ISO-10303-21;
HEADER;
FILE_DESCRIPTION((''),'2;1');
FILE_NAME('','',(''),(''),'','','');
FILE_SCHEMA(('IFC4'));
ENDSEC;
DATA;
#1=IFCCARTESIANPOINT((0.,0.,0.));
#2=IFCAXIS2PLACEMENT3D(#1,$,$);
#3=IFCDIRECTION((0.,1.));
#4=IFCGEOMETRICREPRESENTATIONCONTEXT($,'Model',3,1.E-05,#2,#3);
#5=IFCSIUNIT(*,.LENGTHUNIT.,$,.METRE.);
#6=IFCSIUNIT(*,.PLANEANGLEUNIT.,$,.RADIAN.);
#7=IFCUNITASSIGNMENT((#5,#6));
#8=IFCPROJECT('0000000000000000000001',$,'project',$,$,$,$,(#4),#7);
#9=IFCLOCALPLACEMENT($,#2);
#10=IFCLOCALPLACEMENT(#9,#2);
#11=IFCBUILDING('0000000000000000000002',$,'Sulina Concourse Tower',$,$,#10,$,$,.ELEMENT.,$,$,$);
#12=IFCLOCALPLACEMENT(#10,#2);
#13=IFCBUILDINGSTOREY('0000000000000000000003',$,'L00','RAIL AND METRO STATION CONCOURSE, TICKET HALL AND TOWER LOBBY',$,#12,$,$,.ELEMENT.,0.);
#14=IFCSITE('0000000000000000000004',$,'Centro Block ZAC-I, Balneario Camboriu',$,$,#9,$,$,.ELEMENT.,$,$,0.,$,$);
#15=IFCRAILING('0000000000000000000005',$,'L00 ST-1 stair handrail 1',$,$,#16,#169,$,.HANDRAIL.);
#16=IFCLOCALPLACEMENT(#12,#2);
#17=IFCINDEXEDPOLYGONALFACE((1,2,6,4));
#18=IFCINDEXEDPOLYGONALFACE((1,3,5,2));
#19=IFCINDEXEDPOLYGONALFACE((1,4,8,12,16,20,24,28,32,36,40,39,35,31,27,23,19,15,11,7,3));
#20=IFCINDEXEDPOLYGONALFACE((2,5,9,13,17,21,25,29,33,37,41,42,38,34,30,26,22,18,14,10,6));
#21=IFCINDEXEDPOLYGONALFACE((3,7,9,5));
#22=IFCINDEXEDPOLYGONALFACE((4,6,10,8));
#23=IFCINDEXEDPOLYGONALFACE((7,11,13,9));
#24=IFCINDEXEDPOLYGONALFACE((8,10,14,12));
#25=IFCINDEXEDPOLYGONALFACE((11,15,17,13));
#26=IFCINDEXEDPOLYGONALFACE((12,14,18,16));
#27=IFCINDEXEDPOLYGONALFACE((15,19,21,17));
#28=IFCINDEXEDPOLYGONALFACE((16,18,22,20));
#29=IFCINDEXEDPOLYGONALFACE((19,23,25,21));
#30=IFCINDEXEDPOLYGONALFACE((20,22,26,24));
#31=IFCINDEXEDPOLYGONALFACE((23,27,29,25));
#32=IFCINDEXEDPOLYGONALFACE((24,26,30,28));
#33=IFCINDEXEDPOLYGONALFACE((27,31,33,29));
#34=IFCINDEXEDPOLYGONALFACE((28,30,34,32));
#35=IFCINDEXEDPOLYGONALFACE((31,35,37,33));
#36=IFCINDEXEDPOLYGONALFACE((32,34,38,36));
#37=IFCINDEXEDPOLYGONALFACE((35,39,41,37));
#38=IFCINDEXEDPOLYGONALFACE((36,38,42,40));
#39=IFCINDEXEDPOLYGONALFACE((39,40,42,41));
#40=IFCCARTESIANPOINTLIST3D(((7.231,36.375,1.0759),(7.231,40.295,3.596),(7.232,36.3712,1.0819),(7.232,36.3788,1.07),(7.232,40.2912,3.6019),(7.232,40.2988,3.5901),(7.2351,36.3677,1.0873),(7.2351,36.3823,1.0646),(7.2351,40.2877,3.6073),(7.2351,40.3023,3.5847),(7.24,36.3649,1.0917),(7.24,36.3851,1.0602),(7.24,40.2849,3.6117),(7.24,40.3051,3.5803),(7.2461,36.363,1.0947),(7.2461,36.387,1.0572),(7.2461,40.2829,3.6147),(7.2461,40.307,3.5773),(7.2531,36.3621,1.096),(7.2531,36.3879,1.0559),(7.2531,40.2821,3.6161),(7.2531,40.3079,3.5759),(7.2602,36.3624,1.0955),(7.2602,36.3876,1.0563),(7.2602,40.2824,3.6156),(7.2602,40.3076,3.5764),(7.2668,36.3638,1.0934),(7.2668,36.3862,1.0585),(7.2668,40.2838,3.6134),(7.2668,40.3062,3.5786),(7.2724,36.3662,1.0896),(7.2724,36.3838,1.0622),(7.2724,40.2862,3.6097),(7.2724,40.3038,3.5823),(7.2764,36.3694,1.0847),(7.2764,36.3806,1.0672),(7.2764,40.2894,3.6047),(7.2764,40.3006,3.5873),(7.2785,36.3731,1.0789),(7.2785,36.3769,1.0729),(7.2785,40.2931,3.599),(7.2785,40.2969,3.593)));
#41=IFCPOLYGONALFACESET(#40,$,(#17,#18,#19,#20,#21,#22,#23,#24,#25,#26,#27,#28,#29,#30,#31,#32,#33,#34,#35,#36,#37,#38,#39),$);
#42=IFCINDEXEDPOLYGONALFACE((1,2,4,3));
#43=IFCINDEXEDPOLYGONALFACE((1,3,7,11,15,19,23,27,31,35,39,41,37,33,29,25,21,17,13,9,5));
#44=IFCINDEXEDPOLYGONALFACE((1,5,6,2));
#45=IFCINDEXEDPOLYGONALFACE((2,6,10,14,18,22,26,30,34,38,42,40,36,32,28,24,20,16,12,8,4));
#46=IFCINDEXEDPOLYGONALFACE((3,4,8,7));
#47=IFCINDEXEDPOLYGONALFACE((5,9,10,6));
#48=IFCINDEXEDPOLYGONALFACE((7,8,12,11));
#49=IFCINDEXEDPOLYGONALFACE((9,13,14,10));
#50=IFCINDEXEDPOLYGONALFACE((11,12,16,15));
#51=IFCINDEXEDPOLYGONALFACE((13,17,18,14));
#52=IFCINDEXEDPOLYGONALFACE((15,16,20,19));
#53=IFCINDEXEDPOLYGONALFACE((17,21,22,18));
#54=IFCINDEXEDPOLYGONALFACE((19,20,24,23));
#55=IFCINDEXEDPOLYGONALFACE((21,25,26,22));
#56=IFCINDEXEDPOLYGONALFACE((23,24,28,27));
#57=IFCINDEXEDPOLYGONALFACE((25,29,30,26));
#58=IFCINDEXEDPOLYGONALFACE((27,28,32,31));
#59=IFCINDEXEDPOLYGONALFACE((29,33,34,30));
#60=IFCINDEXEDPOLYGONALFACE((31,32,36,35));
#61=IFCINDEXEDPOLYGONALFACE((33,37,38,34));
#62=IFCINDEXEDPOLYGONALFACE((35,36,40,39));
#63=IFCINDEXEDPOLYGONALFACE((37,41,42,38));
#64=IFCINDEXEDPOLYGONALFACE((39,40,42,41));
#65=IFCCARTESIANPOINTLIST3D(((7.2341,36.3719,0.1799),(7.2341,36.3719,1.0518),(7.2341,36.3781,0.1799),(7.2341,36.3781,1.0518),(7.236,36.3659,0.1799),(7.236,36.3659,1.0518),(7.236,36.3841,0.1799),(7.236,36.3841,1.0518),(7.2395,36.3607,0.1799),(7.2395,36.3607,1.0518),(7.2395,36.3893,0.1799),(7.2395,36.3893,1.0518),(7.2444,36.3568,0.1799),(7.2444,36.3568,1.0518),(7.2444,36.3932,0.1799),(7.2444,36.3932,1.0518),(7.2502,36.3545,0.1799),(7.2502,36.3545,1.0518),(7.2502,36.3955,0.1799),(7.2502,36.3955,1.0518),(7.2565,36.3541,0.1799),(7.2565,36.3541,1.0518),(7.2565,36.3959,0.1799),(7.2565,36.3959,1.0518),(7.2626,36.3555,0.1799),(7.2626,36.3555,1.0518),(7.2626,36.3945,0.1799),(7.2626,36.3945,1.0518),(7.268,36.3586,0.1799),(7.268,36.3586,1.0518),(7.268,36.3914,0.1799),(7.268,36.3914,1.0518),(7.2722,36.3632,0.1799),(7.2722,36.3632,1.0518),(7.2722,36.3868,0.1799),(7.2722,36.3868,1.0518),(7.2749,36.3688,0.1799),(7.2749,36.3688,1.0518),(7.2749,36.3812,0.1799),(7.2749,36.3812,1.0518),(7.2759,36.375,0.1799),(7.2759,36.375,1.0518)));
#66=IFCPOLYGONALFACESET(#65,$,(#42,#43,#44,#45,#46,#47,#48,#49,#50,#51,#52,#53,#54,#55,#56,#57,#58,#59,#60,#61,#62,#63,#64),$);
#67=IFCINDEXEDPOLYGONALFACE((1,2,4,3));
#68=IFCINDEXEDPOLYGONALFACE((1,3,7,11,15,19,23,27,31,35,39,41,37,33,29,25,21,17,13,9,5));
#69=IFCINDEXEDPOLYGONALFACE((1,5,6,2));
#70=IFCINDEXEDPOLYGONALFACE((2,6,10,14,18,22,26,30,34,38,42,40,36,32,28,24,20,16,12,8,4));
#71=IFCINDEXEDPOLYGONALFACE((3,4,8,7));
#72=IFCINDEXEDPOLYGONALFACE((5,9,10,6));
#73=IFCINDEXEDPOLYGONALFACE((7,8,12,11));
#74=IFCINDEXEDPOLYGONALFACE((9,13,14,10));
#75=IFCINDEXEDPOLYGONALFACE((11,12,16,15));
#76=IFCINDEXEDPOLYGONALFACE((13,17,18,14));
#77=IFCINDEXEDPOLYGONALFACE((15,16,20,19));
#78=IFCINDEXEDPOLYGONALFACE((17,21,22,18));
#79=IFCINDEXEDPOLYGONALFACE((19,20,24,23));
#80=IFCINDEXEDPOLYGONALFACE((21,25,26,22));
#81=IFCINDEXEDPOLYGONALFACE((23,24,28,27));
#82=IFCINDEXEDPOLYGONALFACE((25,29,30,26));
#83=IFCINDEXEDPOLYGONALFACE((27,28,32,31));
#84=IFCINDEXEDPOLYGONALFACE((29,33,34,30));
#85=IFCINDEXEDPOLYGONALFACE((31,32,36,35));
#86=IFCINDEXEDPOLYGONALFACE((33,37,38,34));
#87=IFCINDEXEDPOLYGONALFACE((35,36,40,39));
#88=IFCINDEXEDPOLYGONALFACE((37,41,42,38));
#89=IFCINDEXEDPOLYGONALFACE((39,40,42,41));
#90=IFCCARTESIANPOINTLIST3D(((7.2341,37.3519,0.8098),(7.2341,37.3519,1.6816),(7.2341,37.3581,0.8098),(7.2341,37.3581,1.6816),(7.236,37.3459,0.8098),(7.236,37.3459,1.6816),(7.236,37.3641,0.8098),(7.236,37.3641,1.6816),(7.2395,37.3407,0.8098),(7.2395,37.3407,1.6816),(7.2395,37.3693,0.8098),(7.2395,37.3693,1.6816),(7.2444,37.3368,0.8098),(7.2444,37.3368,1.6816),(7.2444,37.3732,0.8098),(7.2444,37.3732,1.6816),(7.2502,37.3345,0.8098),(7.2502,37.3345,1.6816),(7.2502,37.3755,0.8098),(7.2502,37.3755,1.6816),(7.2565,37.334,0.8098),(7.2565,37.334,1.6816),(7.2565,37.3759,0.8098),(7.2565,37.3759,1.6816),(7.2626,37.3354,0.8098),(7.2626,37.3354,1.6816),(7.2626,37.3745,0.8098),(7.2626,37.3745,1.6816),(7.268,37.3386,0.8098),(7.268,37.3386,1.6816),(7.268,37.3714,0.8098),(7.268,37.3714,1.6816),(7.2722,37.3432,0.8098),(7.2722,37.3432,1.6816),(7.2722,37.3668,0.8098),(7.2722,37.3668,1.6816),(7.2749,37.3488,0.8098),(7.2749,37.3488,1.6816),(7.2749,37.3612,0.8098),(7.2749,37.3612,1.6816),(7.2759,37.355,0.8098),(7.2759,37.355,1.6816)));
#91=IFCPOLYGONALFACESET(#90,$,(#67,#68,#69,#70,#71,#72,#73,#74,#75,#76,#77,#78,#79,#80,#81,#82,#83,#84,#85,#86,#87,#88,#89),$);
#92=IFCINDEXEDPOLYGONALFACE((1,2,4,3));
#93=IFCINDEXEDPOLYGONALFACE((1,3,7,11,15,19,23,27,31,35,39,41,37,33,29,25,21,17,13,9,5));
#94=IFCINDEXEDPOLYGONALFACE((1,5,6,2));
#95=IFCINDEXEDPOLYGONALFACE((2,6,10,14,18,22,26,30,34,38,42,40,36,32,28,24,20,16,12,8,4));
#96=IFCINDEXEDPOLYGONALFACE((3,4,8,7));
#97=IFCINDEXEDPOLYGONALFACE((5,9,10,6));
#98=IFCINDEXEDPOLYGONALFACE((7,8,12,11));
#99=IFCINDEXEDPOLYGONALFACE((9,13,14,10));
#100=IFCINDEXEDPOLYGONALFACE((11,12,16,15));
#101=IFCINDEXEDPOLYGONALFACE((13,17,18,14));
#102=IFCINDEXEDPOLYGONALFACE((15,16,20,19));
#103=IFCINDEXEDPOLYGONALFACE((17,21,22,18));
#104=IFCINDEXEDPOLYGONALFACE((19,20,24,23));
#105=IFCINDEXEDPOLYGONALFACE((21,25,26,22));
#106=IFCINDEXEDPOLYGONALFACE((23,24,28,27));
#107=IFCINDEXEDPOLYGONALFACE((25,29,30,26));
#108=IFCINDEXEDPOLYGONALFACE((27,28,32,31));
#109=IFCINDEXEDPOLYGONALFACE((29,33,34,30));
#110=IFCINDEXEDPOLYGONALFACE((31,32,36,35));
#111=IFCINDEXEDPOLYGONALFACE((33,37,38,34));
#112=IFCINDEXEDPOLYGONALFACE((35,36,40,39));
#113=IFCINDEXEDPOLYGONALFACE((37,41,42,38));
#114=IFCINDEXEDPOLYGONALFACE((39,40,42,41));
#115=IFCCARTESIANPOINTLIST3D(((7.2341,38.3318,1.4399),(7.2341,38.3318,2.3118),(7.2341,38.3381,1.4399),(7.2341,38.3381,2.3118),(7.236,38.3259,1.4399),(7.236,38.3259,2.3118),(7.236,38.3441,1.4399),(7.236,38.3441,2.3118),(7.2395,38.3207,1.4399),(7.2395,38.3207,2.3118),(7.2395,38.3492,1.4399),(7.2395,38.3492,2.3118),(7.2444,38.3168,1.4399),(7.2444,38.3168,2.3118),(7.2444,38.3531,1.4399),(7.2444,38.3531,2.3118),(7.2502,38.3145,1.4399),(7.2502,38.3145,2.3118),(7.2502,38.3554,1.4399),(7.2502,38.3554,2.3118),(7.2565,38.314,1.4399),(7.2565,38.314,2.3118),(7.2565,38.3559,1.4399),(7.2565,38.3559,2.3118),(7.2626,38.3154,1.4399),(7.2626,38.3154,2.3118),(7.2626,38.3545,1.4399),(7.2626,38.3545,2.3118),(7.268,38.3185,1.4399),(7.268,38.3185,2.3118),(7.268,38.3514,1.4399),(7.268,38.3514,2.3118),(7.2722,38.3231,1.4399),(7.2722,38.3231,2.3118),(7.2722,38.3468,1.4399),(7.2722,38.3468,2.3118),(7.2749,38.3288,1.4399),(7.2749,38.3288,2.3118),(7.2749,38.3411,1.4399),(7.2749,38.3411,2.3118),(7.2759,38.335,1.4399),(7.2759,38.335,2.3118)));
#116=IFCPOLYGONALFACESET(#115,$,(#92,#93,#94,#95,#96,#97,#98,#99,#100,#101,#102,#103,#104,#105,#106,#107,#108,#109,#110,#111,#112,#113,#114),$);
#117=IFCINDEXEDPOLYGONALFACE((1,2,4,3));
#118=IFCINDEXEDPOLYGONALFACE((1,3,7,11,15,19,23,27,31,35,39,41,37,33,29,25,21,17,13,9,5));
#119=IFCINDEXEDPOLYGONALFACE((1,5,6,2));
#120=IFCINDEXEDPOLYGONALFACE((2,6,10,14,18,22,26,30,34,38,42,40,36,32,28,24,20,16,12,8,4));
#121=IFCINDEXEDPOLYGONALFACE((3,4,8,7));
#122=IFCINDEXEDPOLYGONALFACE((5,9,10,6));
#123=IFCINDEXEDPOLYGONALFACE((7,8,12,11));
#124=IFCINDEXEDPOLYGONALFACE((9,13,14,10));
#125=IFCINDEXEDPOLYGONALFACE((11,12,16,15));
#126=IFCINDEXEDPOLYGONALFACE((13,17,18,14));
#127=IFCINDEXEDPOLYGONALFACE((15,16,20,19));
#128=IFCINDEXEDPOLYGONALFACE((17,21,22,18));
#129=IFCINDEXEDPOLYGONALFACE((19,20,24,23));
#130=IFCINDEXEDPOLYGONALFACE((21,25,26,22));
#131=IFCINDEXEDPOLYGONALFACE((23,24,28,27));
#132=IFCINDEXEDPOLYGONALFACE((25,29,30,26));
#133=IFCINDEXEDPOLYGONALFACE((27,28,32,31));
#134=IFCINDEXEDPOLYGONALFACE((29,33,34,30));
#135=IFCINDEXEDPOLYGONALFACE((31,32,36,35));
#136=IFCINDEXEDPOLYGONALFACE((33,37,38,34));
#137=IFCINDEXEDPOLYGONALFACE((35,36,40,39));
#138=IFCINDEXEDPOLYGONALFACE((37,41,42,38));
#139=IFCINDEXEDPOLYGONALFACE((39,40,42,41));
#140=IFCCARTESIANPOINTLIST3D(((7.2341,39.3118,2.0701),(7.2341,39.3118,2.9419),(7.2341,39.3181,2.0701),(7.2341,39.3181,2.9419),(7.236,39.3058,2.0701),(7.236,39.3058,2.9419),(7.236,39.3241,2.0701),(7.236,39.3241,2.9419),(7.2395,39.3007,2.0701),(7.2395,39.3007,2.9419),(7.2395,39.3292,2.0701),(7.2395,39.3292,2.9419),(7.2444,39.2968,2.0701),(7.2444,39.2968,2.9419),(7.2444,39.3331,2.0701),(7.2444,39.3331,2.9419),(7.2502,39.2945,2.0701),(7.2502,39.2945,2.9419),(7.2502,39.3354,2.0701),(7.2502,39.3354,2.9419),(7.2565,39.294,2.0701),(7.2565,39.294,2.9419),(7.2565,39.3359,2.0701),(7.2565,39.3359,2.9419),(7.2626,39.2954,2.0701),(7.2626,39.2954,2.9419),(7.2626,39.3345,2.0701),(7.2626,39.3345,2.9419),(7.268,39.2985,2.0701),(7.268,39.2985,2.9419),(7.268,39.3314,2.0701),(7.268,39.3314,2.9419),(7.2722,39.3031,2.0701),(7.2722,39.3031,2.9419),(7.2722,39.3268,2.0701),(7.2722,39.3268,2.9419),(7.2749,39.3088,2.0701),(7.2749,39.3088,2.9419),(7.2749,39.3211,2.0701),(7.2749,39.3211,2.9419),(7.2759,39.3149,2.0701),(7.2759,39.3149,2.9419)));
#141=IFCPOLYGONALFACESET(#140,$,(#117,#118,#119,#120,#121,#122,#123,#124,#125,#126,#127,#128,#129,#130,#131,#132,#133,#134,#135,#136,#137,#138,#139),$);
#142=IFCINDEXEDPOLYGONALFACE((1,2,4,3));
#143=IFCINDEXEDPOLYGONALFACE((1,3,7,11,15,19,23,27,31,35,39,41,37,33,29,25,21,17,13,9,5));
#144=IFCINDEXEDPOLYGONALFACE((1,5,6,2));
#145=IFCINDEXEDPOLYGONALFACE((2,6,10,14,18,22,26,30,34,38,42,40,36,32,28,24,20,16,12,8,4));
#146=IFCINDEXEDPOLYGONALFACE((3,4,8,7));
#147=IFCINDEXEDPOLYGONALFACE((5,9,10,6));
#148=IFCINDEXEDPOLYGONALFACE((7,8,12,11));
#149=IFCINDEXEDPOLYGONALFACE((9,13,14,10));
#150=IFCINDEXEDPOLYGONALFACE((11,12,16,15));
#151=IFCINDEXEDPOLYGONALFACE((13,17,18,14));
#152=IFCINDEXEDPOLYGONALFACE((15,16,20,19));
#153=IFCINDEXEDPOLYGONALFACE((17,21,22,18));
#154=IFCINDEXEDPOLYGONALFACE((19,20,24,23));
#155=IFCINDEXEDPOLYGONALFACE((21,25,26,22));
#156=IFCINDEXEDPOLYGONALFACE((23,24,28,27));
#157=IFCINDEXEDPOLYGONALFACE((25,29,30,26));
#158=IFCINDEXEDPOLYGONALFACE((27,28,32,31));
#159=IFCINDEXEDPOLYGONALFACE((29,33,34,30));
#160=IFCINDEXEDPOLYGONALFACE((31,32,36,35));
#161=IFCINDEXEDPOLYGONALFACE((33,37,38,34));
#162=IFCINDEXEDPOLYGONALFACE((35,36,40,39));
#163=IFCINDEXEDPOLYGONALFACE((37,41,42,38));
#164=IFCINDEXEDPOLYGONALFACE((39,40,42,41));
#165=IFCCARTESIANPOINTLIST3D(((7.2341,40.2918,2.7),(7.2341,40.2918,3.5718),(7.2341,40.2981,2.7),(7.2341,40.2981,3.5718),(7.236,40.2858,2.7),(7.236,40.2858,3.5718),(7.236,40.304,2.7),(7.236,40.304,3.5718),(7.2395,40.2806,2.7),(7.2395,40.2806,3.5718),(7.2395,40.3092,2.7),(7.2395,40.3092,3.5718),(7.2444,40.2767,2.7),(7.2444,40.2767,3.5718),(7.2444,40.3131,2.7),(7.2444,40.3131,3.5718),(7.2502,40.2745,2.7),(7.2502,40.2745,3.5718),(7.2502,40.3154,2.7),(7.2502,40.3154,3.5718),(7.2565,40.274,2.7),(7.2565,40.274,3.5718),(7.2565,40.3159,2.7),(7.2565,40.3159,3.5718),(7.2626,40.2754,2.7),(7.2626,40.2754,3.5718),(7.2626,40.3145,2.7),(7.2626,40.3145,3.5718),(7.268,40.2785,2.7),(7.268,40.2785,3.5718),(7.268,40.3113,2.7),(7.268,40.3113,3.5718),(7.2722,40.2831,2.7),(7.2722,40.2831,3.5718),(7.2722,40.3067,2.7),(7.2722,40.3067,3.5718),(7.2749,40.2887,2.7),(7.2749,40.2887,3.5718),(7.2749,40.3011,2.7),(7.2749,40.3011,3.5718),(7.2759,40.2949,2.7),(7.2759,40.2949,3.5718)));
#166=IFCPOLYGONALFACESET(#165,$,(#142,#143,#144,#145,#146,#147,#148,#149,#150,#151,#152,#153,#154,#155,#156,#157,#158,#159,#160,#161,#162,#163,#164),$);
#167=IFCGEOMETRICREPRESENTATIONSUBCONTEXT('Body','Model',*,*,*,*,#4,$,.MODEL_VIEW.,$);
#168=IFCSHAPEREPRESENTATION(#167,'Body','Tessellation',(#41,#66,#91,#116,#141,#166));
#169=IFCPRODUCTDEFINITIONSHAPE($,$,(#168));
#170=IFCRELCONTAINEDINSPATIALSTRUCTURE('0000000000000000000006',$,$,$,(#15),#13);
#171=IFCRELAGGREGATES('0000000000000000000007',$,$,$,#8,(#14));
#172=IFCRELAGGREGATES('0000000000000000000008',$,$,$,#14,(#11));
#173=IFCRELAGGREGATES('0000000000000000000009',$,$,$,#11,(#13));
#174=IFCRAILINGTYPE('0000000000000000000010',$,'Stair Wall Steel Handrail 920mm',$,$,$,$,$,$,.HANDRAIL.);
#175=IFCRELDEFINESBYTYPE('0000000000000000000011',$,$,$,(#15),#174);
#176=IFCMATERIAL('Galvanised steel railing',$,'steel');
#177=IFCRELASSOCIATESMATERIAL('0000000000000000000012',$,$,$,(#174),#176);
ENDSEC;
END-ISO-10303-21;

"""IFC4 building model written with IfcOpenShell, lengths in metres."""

from ifc_helpers import new_model, si_unit, direction, frame, origin, origin_2d, place, context, subcontext, project, spatial, circle, extrude, material, type_object, element, save


model = new_model("IFC4")

# Units and contexts
model_context = context("Model", 3, precision=1e-05, world=origin(), true_north=direction((0.0, 1.0)))
body_context = subcontext(model_context, "Body", "Model", "MODEL_VIEW")
ifc_project = project(units=[si_unit("LENGTHUNIT", "METRE"), si_unit("PLANEANGLEUNIT", "RADIAN")], contexts=[model_context])

# Site, building, storey
site_placement = place(None, origin())
site = spatial("IfcSite", under=ifc_project, at=site_placement, Name="Centro Block ZAC-I, Balneario Camboriu", CompositionType="ELEMENT", RefElevation=0.0)
building_placement = place(site_placement, origin())
building = spatial("IfcBuilding", under=site, at=building_placement, Name="Sulina Concourse Tower", CompositionType="ELEMENT")
storey_placement = place(building_placement, origin())
storey = spatial("IfcBuildingStorey", under=building, at=storey_placement, Name="L00", Description="RAIL AND METRO STATION CONCOURSE, TICKET HALL AND TOWER LOBBY", CompositionType="ELEMENT", Elevation=0.0)

# Railing
ifc_material_1 = material(Name="Galvanised steel railing", Category="steel")
railing_type_1 = type_object("IfcRailingType", Name="Stair Wall Steel Handrail 920mm", PredefinedType="HANDRAIL", material=ifc_material_1)
railing_1_placement = place(storey_placement, frame((7.2549, 36.375, 0.1799)))
element("IfcRailing", 1, at=railing_1_placement, inside=storey, type_object=railing_type_1, Name="L00 ST-1 stair handrail 1", PredefinedType="HANDRAIL", context=body_context, shape_type="SweptSolid", body=[
    extrude(circle(Radius=0.0239, at=origin_2d()), frame((0.0, 0.0, 0.896), z_axis=(0.0, 0.841172, 0.540768), x_axis=(-1.0, 0.0, 0.0)), (0.0, 0.0, 1.0), 4.6602),
    extrude(circle(Radius=0.021, at=origin_2d()), origin(), (0.0, 0.0, 1.0), 0.8718),
    extrude(circle(Radius=0.021, at=origin_2d()), frame((0.0, 0.98, 0.6299)), (0.0, 0.0, 1.0), 0.8718),
    extrude(circle(Radius=0.021, at=origin_2d()), frame((0.0, 1.96, 1.26)), (0.0, 0.0, 1.0), 0.8718),
    extrude(circle(Radius=0.021, at=origin_2d()), frame((0.0, 2.9399, 1.8901)), (0.0, 0.0, 1.0), 0.8718),
    extrude(circle(Radius=0.021, at=origin_2d()), frame((0.0, 3.9199, 2.52)), (0.0, 0.0, 1.0), 0.8718),
])

save(model, "model.ifc")
